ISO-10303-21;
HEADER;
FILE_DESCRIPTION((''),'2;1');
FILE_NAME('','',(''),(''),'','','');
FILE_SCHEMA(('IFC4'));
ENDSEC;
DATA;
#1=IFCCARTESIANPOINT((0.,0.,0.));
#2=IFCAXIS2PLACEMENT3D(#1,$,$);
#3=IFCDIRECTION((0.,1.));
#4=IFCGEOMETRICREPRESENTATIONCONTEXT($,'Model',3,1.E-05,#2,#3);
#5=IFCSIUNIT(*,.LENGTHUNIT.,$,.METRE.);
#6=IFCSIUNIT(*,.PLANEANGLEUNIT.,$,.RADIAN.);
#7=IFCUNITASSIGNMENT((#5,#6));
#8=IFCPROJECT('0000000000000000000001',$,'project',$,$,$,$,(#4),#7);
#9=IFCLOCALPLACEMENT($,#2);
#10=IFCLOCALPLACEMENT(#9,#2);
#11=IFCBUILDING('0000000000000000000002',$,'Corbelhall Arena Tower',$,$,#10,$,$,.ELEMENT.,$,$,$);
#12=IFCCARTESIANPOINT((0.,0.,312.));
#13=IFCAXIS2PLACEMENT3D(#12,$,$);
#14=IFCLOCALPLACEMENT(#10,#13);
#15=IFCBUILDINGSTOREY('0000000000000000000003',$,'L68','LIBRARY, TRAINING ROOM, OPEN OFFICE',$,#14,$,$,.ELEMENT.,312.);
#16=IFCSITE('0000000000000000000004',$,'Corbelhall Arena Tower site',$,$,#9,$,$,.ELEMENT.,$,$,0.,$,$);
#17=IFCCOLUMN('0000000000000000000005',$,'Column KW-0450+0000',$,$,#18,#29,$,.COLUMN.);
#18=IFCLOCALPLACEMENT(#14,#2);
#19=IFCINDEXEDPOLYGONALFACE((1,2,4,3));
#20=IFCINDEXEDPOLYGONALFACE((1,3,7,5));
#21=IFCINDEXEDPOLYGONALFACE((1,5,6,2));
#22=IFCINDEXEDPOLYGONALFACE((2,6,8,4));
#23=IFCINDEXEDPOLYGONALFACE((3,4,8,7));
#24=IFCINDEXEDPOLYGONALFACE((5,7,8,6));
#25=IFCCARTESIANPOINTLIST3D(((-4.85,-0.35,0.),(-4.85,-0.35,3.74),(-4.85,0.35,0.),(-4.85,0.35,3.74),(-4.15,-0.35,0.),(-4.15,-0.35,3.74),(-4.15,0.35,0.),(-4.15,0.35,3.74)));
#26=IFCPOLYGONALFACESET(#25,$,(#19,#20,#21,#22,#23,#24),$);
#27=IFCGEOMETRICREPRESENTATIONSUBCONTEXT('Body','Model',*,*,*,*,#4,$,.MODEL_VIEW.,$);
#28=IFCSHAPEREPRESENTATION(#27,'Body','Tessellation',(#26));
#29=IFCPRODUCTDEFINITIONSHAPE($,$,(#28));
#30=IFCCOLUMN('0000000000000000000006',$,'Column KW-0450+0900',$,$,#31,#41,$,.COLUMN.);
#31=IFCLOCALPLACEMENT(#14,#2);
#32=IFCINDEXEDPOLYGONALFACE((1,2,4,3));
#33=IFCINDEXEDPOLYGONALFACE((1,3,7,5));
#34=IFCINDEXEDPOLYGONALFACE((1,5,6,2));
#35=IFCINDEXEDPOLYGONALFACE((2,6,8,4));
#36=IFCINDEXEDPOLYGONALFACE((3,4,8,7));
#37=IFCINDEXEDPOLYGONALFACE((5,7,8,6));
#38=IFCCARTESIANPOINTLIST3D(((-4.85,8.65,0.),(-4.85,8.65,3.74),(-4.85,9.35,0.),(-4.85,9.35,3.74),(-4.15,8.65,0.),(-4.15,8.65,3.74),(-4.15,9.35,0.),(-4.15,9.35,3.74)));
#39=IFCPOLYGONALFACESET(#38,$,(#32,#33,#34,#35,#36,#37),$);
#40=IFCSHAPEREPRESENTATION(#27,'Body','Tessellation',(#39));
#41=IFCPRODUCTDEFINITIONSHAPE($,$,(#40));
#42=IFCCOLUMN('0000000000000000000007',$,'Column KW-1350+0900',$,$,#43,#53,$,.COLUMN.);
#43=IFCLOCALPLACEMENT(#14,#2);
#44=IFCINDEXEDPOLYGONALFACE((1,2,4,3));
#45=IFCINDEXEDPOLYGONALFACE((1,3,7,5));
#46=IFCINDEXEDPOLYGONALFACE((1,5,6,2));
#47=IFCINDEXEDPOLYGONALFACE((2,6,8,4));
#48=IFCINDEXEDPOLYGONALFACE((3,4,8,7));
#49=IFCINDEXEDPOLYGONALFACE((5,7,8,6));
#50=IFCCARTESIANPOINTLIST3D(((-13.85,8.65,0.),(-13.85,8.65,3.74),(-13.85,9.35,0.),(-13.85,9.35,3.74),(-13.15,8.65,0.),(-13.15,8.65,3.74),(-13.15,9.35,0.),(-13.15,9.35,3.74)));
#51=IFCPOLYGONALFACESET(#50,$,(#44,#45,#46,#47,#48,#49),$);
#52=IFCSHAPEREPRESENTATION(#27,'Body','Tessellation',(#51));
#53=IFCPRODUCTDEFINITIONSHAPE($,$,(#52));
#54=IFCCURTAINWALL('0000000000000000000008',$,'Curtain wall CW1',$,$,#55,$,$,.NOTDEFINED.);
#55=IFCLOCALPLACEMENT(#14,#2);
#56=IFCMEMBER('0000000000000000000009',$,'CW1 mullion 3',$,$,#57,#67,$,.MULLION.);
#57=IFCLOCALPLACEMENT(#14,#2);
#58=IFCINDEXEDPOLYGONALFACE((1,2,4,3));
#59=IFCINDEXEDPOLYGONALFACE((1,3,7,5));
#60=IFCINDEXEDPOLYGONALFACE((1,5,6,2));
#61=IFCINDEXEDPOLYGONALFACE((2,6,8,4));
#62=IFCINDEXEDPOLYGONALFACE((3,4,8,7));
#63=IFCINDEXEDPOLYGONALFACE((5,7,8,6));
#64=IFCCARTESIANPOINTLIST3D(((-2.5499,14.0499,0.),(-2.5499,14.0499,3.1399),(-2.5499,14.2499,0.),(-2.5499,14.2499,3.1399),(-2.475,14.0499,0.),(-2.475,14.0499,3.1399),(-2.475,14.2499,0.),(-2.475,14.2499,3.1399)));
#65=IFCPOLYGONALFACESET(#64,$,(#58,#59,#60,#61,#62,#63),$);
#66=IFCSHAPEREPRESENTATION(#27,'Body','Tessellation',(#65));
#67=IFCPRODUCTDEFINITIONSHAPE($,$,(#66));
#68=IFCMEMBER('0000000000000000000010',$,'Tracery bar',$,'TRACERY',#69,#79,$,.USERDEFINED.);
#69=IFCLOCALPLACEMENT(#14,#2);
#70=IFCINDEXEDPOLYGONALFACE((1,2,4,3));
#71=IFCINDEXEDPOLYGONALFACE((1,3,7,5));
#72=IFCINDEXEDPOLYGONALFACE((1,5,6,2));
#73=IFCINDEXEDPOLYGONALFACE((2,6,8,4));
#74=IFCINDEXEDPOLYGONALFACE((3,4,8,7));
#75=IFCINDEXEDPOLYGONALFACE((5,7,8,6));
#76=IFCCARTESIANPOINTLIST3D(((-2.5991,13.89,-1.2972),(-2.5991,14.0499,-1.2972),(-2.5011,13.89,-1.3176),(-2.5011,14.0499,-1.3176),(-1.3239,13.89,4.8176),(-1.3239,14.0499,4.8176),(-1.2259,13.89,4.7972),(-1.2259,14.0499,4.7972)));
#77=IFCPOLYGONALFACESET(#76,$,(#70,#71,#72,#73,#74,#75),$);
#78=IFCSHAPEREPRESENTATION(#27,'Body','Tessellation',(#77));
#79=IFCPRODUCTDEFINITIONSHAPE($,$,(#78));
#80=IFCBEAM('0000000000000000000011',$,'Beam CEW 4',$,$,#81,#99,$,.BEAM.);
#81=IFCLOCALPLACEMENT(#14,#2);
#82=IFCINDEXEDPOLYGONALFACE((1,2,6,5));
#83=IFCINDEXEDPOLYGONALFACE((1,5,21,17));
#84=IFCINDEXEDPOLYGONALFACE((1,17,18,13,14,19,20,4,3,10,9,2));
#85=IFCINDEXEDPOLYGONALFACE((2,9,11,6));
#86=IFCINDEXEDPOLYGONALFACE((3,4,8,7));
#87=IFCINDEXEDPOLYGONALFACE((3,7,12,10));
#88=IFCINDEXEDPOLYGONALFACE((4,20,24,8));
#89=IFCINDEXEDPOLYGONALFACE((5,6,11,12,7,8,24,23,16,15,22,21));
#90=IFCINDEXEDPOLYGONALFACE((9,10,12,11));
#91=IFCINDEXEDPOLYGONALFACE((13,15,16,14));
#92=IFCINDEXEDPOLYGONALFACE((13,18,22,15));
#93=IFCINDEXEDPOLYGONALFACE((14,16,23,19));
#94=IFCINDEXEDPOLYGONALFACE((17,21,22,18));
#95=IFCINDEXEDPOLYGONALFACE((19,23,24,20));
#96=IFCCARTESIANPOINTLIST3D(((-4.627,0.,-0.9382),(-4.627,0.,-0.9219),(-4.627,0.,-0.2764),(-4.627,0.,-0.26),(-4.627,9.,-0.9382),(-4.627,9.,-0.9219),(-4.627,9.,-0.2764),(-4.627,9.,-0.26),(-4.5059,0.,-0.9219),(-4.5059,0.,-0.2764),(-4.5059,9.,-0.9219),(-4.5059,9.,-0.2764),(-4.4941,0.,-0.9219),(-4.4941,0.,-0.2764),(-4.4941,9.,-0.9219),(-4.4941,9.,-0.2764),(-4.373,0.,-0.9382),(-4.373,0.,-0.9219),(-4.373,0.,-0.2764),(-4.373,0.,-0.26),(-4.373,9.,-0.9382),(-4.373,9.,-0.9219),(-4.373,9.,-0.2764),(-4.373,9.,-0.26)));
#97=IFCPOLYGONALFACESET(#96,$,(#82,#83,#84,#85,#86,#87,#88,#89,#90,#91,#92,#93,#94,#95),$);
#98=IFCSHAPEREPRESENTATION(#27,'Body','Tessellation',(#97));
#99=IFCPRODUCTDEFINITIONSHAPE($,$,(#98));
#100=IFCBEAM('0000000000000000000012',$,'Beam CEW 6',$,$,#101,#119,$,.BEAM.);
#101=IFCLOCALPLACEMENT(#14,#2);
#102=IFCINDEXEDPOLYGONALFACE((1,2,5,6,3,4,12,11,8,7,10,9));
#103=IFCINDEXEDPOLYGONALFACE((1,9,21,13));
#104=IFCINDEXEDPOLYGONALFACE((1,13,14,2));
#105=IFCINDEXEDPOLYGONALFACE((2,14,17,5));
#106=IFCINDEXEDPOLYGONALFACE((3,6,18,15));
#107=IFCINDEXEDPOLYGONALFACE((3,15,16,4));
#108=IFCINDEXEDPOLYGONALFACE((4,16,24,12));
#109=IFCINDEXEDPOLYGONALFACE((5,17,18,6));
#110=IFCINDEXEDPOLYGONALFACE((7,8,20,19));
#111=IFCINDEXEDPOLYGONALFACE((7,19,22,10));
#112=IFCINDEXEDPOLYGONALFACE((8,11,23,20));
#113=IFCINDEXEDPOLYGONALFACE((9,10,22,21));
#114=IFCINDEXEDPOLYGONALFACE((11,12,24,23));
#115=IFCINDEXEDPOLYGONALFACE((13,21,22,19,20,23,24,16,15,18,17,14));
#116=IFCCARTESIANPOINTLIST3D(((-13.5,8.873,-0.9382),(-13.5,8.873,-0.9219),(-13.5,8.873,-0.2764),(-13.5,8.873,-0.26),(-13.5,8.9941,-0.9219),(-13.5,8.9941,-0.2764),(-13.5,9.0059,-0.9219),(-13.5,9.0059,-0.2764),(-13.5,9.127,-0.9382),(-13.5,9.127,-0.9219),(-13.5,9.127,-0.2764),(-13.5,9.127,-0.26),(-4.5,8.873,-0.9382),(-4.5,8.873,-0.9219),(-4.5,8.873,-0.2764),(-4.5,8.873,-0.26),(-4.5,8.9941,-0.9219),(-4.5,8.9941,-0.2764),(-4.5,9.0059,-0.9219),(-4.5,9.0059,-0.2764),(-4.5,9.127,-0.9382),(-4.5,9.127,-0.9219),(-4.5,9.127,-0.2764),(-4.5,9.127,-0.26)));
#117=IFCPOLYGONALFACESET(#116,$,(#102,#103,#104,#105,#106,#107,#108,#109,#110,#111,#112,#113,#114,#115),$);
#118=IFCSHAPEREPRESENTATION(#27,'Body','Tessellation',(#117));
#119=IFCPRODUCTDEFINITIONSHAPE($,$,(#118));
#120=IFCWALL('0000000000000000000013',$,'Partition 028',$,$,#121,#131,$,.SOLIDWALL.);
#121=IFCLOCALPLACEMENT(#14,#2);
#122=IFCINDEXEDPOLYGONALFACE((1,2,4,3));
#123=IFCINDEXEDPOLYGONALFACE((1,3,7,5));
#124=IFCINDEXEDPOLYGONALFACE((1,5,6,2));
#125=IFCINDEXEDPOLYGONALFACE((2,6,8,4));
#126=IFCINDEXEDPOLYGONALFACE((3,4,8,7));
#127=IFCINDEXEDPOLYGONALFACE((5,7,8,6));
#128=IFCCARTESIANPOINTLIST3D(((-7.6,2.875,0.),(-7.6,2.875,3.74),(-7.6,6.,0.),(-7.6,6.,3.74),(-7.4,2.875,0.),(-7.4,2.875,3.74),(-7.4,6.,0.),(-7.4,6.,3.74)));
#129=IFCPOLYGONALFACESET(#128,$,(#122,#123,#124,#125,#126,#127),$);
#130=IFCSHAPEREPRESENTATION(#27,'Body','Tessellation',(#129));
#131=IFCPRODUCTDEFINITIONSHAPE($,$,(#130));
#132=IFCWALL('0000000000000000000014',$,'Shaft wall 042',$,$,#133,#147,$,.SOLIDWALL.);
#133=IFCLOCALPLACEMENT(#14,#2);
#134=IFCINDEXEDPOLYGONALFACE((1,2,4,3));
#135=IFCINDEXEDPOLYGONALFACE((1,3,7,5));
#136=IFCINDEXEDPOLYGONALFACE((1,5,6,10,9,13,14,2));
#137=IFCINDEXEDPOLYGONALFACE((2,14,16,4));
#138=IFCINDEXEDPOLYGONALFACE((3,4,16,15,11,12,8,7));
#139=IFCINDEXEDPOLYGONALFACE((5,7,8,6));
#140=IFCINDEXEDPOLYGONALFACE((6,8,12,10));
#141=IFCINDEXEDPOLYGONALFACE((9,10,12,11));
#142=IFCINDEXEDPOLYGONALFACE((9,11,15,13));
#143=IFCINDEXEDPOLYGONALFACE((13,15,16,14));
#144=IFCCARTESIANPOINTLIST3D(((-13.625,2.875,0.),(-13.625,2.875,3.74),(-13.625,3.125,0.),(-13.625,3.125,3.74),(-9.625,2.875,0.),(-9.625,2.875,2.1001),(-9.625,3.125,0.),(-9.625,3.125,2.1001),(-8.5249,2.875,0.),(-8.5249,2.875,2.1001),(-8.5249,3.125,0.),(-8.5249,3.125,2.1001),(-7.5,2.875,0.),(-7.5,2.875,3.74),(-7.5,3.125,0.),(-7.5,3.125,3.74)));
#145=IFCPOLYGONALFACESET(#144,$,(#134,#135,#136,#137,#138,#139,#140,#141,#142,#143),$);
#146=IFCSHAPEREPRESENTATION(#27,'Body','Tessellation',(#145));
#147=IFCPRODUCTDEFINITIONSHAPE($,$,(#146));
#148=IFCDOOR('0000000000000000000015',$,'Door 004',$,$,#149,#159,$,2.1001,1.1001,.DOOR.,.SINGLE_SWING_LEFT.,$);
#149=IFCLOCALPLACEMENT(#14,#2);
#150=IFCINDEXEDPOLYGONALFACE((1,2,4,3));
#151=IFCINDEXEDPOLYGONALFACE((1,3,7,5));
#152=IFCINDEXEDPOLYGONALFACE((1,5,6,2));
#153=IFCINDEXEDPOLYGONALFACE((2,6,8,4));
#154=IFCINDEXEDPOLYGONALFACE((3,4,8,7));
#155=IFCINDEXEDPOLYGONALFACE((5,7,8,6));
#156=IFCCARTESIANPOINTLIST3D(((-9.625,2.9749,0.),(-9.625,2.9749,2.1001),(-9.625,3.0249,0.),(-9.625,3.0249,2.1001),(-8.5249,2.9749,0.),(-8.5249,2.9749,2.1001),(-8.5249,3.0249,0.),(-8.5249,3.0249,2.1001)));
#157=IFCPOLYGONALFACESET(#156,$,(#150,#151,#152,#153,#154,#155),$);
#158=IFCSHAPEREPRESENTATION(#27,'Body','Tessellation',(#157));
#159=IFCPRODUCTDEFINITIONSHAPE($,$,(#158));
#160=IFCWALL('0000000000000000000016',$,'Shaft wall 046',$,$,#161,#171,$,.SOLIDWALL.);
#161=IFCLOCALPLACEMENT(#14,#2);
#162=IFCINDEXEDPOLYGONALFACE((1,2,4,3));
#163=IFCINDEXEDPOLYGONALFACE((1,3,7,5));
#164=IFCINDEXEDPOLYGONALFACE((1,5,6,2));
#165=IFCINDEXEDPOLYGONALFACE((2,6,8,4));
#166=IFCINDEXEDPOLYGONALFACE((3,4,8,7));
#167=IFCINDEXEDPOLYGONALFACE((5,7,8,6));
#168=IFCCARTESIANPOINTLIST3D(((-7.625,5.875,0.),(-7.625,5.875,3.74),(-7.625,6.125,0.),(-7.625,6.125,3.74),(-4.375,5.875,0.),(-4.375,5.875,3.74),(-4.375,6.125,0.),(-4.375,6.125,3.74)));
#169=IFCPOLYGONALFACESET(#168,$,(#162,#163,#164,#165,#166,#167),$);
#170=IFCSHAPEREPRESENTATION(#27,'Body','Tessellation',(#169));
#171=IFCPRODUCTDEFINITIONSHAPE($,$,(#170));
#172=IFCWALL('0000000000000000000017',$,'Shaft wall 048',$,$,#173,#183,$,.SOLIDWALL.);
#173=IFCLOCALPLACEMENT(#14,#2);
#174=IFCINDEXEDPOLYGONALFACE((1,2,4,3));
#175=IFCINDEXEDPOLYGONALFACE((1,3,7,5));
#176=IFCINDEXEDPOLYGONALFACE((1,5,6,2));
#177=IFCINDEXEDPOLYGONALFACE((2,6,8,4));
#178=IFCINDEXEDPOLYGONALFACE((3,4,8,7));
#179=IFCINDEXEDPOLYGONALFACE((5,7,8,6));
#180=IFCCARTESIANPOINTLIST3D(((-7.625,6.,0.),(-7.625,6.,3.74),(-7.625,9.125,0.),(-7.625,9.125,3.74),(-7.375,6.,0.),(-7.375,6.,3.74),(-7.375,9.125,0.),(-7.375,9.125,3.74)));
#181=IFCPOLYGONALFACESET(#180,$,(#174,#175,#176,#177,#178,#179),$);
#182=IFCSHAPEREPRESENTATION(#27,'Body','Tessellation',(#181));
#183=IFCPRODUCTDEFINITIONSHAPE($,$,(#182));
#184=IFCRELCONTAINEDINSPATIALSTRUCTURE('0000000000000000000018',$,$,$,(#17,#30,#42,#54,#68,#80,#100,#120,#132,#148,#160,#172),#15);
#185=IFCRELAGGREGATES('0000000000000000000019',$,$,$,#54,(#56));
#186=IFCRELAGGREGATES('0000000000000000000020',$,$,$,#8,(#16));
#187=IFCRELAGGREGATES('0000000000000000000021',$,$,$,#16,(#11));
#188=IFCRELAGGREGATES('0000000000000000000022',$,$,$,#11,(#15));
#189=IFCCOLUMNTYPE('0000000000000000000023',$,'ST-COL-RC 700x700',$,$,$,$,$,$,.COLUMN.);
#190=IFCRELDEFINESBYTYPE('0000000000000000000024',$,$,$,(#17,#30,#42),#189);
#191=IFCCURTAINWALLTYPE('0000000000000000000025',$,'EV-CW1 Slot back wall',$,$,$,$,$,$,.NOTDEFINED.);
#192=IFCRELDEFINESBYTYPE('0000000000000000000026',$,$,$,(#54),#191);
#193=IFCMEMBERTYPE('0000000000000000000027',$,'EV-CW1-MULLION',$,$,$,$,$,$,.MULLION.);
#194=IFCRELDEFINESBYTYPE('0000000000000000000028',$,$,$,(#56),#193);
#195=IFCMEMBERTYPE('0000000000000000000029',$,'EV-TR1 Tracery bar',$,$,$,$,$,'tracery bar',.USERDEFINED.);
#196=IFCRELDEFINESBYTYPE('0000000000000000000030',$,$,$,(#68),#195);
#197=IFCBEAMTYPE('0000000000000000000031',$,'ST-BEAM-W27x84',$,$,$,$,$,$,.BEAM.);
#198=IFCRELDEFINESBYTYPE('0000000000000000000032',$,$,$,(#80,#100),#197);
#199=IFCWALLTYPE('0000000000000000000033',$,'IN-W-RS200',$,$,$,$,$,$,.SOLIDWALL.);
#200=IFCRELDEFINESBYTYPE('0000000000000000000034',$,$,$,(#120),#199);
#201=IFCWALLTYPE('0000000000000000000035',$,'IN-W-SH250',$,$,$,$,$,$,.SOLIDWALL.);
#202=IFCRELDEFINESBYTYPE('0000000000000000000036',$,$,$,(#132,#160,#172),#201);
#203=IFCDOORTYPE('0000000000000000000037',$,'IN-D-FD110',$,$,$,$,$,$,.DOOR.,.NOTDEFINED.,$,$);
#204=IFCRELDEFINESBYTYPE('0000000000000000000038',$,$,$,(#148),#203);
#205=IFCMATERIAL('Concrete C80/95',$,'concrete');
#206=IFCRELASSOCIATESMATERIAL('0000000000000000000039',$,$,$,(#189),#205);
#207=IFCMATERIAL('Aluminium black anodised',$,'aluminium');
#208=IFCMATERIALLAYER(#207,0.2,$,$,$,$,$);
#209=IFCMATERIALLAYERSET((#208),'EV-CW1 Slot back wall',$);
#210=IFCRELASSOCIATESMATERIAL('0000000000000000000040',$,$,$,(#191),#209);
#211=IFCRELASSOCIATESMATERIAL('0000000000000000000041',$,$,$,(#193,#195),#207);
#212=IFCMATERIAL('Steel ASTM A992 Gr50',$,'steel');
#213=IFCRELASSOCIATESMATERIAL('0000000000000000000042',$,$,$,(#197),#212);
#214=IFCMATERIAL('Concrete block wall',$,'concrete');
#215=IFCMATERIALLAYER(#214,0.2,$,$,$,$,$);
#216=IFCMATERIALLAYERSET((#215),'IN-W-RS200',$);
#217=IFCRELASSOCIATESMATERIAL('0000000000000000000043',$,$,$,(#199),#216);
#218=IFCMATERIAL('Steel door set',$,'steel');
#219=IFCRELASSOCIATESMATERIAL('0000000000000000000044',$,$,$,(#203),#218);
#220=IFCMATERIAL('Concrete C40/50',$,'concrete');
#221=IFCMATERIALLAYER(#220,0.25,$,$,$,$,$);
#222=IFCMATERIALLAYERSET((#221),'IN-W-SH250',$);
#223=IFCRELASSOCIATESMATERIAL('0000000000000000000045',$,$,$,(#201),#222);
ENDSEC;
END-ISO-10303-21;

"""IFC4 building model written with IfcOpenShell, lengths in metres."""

from ifc_helpers import new_model, si_unit, direction, frame, frame_2d, origin, origin_2d, place, context, subcontext, project, spatial, rectangle, i_section, extrude, material, layer, layer_set, material_profile, profile_set, type_object, element, fill, aggregate, save


model = new_model("IFC4")

# Units and contexts
model_context = context("Model", 3, precision=1e-05, world=origin(), true_north=direction((0.0, 1.0)))
body_context = subcontext(model_context, "Body", "Model", "MODEL_VIEW")
ifc_project = project(units=[si_unit("LENGTHUNIT", "METRE"), si_unit("PLANEANGLEUNIT", "RADIAN")], contexts=[model_context])

# Site, building, storey
site_placement = place(None, origin())
site = spatial("IfcSite", under=ifc_project, at=site_placement, Name="Corbelhall Arena Tower site", CompositionType="ELEMENT", RefElevation=0.0)
building_placement = place(site_placement, origin())
building = spatial("IfcBuilding", under=site, at=building_placement, Name="Corbelhall Arena Tower", CompositionType="ELEMENT")
storey_placement = place(building_placement, frame((0.0, 0.0, 312.0)))
storey = spatial("IfcBuildingStorey", under=building, at=storey_placement, Name="L68", Description="LIBRARY, TRAINING ROOM, OPEN OFFICE", CompositionType="ELEMENT", Elevation=312.0)

# Columns
ifc_material_1 = material(Name="Concrete C80/95", Category="concrete")
ifc_material_profile_1 = material_profile(ifc_material_1, rectangle(XDim=0.7, YDim=0.7, at=origin_2d()))
ifc_profile_set_1 = profile_set([ifc_material_profile_1], Name="Concrete C80/95")
column_type = type_object("IfcColumnType", Name="ST-COL-RC 700x700", PredefinedType="COLUMN", material=ifc_profile_set_1)
for number, where, z_axis, x_axis, name in (
    (1, (-4.5, 0.0, 0.0), (0.0, 0.0, 1.0), (1.0, 0.0, 0.0), "Column KW-0450+0000"),
    (2, (-4.5, 9.0, 0.0), (0.0, 0.0, 1.0), (1.0, 0.0, 0.0), "Column KW-0450+0900"),
    (3, (-13.5, 9.0, 0.0), (0.0, 0.0, 1.0), (1.0, 0.0, 0.0), "Column KW-1350+0900"),
):
    element("IfcColumn", number, at=place(storey_placement, frame(where, z_axis=z_axis, x_axis=x_axis)), inside=storey, type_object=column_type, Name=name, PredefinedType="COLUMN", context=body_context, shape_type="SweptSolid", body=[
        extrude(rectangle(XDim=0.7, YDim=0.7, at=origin_2d()), origin(), (0.0, 0.0, 1.0), 3.74),
    ])

# Curtain wall, member
ifc_material_2 = material(Name="Aluminium black anodised", Category="aluminium")
ifc_layer_1 = layer(ifc_material_2, 0.2)
ifc_layer_set_1 = layer_set([ifc_layer_1], Name="EV-CW1 Slot back wall")
curtain_wall_type = type_object("IfcCurtainWallType", Name="EV-CW1 Slot back wall", PredefinedType="NOTDEFINED", material=ifc_layer_set_1)
curtain_wall_placement = place(storey_placement, origin())
curtain_wall = element("IfcCurtainWall", 4, at=curtain_wall_placement, inside=storey, type_object=curtain_wall_type, Name="Curtain wall CW1", PredefinedType="NOTDEFINED")
ifc_material_profile_2 = material_profile(ifc_material_2, rectangle(XDim=0.2, YDim=0.075, at=origin_2d()))
ifc_profile_set_2 = profile_set([ifc_material_profile_2], Name="Aluminium black anodised")
member_type_1 = type_object("IfcMemberType", Name="EV-CW1-MULLION", PredefinedType="MULLION", material=ifc_profile_set_2)
member_1_placement = place(storey_placement, frame((-2.5125, 14.1499, 0.0), z_axis=(0.0, 0.0, 1.0), x_axis=(0.0, -1.0, 0.0)))
member_1 = element("IfcMember", 5, at=member_1_placement, type_object=member_type_1, Name="CW1 mullion 3", PredefinedType="MULLION", context=body_context, shape_type="SweptSolid", body=[
    extrude(rectangle(XDim=0.2, YDim=0.075, at=origin_2d()), origin(), (0.0, 0.0, 1.0), 3.1399),
])
aggregate(curtain_wall, [member_1])

# Member
ifc_material_profile_3 = material_profile(ifc_material_2, rectangle(XDim=0.1599, YDim=0.1001, at=origin_2d()))
ifc_profile_set_3 = profile_set([ifc_material_profile_3], Name="Aluminium black anodised")
member_type_2 = type_object("IfcMemberType", Name="EV-TR1 Tracery bar", ElementType="tracery bar", PredefinedType="USERDEFINED", material=ifc_profile_set_3)
member_2_placement = place(storey_placement, frame((-1.2749, 13.97, 4.8074), z_axis=(-0.204145, 0.0, -0.978941), x_axis=(0.0, -1.0, 0.0)))
element("IfcMember", 6, at=member_2_placement, inside=storey, type_object=member_type_2, Name="Tracery bar", ObjectType="TRACERY", PredefinedType="USERDEFINED", context=body_context, shape_type="SweptSolid", body=[
    extrude(rectangle(XDim=0.1599, YDim=0.1001, at=origin_2d()), origin(), (0.0, 0.0, 1.0), 6.2463),
])

# Beams
ifc_material_3 = material(Name="Steel ASTM A992 Gr50", Category="steel")
ifc_material_profile_4 = material_profile(ifc_material_3, i_section(OverallWidth=0.2539, OverallDepth=0.6782, WebThickness=0.0117, FlangeThickness=0.0164, at=origin_2d()))
ifc_profile_set_4 = profile_set([ifc_material_profile_4], Name="Steel ASTM A992 Gr50")
beam_type = type_object("IfcBeamType", Name="ST-BEAM-W27x84", PredefinedType="BEAM", material=ifc_profile_set_4)
for number, where, z_axis, x_axis, name in (
    (7, (-4.5, 0.0, -0.5991), (0.0, 1.0, 0.0), (-1.0, 0.0, 0.0), "Beam CEW 4"),
    (8, (-13.5, 9.0, -0.5991), (1.0, 0.0, 0.0), (0.0, 1.0, 0.0), "Beam CEW 6"),
):
    element("IfcBeam", number, at=place(storey_placement, frame(where, z_axis=z_axis, x_axis=x_axis)), inside=storey, type_object=beam_type, Name=name, PredefinedType="BEAM", context=body_context, shape_type="SweptSolid", body=[
        extrude(i_section(OverallWidth=0.2539, OverallDepth=0.6782, WebThickness=0.0117, FlangeThickness=0.0164, at=origin_2d()), origin(), (0.0, 0.0, 1.0), 9.0),
    ])

# Wall
ifc_material_4 = material(Name="Concrete block wall", Category="concrete")
ifc_layer_2 = layer(ifc_material_4, 0.2)
ifc_layer_set_2 = layer_set([ifc_layer_2], Name="IN-W-RS200")
wall_type_1 = type_object("IfcWallType", Name="IN-W-RS200", PredefinedType="SOLIDWALL", material=ifc_layer_set_2)
wall_1_placement = place(storey_placement, frame((-7.5, 2.875, 0.0), z_axis=(0.0, 0.0, 1.0), x_axis=(0.0, 1.0, 0.0)))
element("IfcWall", 9, at=wall_1_placement, inside=storey, type_object=wall_type_1, Name="Partition 028", PredefinedType="SOLIDWALL", context=body_context, shape_type="SweptSolid", body=[
    extrude(rectangle(XDim=3.125, YDim=0.2, at=frame_2d((1.5625, 0.0))), origin(), (0.0, 0.0, 1.0), 3.74),
])

# Shared definitions
ifc_material_5 = material(Name="Steel door set", Category="steel")
door_type_1 = type_object("IfcDoorType", Name="IN-D-FD110", OperationType="NOTDEFINED", PredefinedType="DOOR", material=ifc_material_5)

# Wall, opening, door
ifc_material_6 = material(Name="Concrete C40/50", Category="concrete")
ifc_layer_3 = layer(ifc_material_6, 0.25)
ifc_layer_set_3 = layer_set([ifc_layer_3], Name="IN-W-SH250")
wall_type_2 = type_object("IfcWallType", Name="IN-W-SH250", PredefinedType="SOLIDWALL", material=ifc_layer_set_3)
wall_2_placement = place(storey_placement, frame((-13.625, 3.0, 0.0), z_axis=(0.0, 0.0, 1.0), x_axis=(1.0, 0.0, 0.0)))
wall_2 = element("IfcWall", 10, at=wall_2_placement, inside=storey, type_object=wall_type_2, Name="Shaft wall 042", PredefinedType="SOLIDWALL", context=body_context, shape_type="SweptSolid", body=[
    extrude(rectangle(XDim=6.125, YDim=0.25, at=frame_2d((3.0625, 0.0))), origin(), (0.0, 0.0, 1.0), 3.74),
])
opening_1_placement = place(wall_2_placement, frame((4.0, 0.0, 0.0)))
opening_1 = element("IfcOpeningElement", 11, at=opening_1_placement, cuts=wall_2, PredefinedType="OPENING", context=body_context, shape_type="SweptSolid", body=[
    extrude(rectangle(XDim=1.1001, YDim=2.1001, at=frame_2d((0.55, 1.05))), frame((0.0, 0.125, 0.0), z_axis=(0.0, -1.0, 0.0), x_axis=(1.0, 0.0, 0.0)), (0.0, 0.0, 1.0), 0.25),
])
door_1_placement = place(opening_1_placement, origin())
door_1 = element("IfcDoor", 12, at=door_1_placement, inside=storey, type_object=door_type_1, Name="Door 004", OperationType="SINGLE_SWING_LEFT", OverallHeight=2.1001, OverallWidth=1.1001, PredefinedType="DOOR", context=body_context, shape_type="SweptSolid", body=[
    extrude(rectangle(XDim=1.1001, YDim=2.1001, at=frame_2d((0.55, 1.05))), frame((0.0, 0.0249, 0.0), z_axis=(0.0, -1.0, 0.0), x_axis=(1.0, 0.0, 0.0)), (0.0, 0.0, 1.0), 0.05),
])
fill(opening_1, door_1)

# Walls
wall_3_placement = place(storey_placement, frame((-7.625, 6.0, 0.0), z_axis=(0.0, 0.0, 1.0), x_axis=(1.0, 0.0, 0.0)))
element("IfcWall", 13, at=wall_3_placement, inside=storey, type_object=wall_type_2, Name="Shaft wall 046", PredefinedType="SOLIDWALL", context=body_context, shape_type="SweptSolid", body=[
    extrude(rectangle(XDim=3.25, YDim=0.25, at=frame_2d((1.625, 0.0))), origin(), (0.0, 0.0, 1.0), 3.74),
])
wall_4_placement = place(storey_placement, frame((-7.5, 6.0, 0.0), z_axis=(0.0, 0.0, 1.0), x_axis=(0.0, 1.0, 0.0)))
element("IfcWall", 14, at=wall_4_placement, inside=storey, type_object=wall_type_2, Name="Shaft wall 048", PredefinedType="SOLIDWALL", context=body_context, shape_type="SweptSolid", body=[
    extrude(rectangle(XDim=3.125, YDim=0.25, at=frame_2d((1.5625, 0.0))), origin(), (0.0, 0.0, 1.0), 3.74),
])

save(model, "model.ifc")
